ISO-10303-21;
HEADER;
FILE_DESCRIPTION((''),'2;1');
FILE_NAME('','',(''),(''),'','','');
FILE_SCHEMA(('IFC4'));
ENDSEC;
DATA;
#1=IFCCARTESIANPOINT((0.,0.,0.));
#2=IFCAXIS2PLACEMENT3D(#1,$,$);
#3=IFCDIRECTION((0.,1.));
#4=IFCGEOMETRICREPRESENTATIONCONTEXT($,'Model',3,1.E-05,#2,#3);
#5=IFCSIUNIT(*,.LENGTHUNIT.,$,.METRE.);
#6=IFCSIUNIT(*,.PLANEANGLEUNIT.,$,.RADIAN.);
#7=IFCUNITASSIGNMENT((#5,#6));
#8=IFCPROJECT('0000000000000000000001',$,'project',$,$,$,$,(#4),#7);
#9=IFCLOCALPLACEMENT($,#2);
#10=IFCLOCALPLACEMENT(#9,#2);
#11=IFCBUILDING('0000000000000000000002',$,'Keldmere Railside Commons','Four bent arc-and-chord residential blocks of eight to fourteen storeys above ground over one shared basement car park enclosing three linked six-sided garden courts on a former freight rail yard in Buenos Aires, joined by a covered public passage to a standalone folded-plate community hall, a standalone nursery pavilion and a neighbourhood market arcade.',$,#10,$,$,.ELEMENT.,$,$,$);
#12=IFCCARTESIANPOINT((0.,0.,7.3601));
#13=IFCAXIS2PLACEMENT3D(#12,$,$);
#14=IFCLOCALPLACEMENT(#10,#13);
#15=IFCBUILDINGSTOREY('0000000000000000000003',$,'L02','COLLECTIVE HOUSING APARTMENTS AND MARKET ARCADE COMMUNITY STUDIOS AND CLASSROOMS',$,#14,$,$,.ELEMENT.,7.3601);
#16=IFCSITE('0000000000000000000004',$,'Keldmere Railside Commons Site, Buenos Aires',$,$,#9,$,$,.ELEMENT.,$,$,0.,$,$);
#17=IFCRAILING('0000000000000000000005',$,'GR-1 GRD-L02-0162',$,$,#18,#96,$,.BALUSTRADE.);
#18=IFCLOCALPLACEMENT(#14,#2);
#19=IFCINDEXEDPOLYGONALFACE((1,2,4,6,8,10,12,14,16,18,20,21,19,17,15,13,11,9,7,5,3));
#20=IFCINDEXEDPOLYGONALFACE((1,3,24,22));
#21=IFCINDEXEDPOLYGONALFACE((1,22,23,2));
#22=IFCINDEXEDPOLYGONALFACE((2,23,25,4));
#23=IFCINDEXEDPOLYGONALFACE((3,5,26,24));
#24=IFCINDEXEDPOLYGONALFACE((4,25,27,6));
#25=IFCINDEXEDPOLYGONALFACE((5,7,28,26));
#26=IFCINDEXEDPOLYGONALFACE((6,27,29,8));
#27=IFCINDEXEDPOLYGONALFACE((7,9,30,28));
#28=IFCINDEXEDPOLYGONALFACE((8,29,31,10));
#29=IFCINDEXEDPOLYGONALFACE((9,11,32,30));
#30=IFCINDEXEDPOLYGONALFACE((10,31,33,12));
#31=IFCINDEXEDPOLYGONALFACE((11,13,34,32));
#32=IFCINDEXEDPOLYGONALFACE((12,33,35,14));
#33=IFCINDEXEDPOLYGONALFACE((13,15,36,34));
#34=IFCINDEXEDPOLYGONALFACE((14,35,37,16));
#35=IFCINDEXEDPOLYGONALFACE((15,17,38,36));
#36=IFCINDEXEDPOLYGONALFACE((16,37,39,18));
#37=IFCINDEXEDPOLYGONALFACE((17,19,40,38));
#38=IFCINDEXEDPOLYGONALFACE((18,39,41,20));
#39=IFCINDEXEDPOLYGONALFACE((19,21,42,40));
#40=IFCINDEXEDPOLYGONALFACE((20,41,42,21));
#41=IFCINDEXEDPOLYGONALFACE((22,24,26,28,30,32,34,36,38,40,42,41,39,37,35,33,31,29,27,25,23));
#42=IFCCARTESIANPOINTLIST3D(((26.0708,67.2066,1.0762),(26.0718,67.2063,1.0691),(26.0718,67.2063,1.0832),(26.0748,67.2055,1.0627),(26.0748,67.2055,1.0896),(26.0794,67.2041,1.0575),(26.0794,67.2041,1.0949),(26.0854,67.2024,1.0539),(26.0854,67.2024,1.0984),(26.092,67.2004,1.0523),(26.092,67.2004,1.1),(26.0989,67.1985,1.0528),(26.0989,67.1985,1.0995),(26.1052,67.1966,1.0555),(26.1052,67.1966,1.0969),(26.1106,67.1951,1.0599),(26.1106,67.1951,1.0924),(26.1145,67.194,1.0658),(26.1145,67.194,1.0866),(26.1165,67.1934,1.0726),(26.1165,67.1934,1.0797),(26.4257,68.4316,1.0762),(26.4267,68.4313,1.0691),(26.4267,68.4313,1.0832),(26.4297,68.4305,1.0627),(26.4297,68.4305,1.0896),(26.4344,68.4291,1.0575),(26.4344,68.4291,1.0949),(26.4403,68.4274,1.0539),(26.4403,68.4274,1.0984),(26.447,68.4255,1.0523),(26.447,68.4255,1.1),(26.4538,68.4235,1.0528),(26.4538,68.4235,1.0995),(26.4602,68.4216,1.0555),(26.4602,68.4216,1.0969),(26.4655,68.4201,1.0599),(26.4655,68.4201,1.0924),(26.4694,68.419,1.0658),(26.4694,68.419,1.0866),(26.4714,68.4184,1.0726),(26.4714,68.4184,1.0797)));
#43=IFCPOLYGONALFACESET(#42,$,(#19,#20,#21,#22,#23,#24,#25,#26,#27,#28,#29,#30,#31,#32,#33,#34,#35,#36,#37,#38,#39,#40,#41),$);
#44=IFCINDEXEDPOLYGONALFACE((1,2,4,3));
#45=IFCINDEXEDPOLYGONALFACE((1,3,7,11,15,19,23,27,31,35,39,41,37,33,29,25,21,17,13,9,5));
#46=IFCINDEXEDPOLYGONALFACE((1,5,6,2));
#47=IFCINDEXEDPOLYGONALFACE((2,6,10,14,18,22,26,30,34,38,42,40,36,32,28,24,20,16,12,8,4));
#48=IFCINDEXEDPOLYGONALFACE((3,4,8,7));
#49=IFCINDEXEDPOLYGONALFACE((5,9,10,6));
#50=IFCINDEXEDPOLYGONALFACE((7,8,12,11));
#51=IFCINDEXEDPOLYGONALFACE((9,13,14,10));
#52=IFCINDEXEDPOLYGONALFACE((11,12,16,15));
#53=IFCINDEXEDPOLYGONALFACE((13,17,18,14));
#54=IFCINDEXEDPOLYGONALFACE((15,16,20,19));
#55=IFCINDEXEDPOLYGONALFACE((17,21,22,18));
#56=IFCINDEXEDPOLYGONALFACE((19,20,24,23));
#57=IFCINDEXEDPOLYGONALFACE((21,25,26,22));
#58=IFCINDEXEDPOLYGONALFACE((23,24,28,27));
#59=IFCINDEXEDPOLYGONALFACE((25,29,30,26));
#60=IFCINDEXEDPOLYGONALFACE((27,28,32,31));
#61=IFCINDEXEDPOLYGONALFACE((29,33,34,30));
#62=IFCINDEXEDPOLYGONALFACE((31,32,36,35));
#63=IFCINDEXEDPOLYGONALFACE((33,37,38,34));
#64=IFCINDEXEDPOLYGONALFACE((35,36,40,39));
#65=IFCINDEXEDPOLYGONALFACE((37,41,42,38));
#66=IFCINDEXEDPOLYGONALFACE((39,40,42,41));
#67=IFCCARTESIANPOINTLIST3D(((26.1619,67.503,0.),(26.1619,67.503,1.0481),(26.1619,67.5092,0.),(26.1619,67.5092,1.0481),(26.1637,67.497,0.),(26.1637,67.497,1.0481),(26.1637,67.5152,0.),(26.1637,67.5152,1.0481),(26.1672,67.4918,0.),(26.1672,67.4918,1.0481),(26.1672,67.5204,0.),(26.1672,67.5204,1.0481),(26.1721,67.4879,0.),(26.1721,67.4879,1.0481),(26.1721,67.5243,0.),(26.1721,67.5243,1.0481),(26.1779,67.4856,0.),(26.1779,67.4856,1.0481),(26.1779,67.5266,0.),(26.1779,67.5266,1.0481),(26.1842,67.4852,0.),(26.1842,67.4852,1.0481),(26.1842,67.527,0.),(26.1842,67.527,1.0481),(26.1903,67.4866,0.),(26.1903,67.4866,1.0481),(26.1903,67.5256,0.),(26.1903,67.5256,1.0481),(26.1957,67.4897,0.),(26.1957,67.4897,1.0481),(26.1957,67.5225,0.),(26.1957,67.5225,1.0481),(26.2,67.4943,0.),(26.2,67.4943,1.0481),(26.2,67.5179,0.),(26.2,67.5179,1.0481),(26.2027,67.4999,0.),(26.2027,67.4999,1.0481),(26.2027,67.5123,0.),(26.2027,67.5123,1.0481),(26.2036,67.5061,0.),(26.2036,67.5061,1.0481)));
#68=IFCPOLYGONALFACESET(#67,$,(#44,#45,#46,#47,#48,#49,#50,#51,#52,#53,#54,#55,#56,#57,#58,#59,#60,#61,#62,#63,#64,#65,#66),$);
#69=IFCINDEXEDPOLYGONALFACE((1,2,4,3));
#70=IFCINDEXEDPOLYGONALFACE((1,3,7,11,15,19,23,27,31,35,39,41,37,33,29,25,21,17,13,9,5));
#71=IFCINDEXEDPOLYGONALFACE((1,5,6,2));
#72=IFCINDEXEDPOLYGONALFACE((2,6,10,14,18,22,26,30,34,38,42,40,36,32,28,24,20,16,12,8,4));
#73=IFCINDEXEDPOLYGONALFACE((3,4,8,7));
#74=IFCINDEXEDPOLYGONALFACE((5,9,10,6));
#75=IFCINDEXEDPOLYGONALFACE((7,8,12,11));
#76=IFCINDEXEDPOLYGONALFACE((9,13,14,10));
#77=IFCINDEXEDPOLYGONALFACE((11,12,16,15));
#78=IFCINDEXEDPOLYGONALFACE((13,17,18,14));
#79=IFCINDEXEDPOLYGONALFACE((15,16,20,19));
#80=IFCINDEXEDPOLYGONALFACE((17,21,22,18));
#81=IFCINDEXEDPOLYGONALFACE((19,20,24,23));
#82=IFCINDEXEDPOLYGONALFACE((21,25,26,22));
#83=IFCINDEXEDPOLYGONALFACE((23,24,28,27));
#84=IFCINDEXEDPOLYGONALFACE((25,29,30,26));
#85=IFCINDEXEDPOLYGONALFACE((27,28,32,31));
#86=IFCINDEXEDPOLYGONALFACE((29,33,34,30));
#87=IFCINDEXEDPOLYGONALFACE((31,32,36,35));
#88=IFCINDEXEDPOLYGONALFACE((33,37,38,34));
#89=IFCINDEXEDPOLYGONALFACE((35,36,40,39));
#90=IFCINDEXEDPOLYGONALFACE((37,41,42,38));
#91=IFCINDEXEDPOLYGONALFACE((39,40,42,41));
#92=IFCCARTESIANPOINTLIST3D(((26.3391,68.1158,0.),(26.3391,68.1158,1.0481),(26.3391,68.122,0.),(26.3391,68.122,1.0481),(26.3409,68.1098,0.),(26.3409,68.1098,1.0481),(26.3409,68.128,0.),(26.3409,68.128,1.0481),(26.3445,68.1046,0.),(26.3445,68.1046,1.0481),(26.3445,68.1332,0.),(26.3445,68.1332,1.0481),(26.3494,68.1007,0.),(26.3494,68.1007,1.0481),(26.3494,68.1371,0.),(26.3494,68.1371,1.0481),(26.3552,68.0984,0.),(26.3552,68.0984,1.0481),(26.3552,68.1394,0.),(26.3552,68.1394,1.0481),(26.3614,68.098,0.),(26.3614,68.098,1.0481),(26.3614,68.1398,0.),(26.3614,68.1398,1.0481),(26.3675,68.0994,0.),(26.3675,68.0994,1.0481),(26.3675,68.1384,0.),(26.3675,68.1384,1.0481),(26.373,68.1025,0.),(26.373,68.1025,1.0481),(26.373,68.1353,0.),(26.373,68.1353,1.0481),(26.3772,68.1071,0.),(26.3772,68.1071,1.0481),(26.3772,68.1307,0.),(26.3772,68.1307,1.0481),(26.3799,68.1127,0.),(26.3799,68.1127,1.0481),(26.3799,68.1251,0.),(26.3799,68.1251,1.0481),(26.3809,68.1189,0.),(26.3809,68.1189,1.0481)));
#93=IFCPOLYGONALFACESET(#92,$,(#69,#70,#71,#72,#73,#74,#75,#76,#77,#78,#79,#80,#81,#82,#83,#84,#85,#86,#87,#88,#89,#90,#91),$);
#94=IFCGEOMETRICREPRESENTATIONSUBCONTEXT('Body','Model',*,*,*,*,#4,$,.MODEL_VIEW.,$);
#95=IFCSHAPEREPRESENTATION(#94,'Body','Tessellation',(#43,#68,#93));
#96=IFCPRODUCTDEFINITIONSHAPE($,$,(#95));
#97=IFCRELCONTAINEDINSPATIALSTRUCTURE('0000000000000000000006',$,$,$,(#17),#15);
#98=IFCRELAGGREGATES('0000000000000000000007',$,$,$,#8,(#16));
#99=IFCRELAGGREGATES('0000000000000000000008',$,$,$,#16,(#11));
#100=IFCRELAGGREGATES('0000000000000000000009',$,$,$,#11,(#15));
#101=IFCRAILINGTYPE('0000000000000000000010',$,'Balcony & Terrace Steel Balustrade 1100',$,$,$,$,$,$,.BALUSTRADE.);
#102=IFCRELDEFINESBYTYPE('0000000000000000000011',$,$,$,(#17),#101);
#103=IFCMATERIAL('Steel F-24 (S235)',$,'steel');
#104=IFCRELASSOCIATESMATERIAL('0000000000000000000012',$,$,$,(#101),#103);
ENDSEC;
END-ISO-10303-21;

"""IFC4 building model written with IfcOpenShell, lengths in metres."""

from ifc_helpers import new_model, si_unit, direction, frame, origin, origin_2d, place, context, subcontext, project, spatial, circle, extrude, material, type_object, element, save


model = new_model("IFC4")

# Units and contexts
model_context = context("Model", 3, precision=1e-05, world=origin(), true_north=direction((0.0, 1.0)))
body_context = subcontext(model_context, "Body", "Model", "MODEL_VIEW")
ifc_project = project(units=[si_unit("LENGTHUNIT", "METRE"), si_unit("PLANEANGLEUNIT", "RADIAN")], contexts=[model_context])

# Site, building, storey
site_placement = place(None, origin())
site = spatial("IfcSite", under=ifc_project, at=site_placement, Name="Keldmere Railside Commons Site, Buenos Aires", CompositionType="ELEMENT", RefElevation=0.0)
building_placement = place(site_placement, origin())
building = spatial("IfcBuilding", under=site, at=building_placement, Name="Keldmere Railside Commons", Description="Four bent arc-and-chord residential blocks of eight to fourteen storeys above ground over one shared basement car park enclosing three linked six-sided garden courts on a former freight rail yard in Buenos Aires, joined by a covered public passage to a standalone folded-plate community hall, a standalone nursery pavilion and a neighbourhood market arcade.", CompositionType="ELEMENT")
storey_placement = place(building_placement, frame((0.0, 0.0, 7.3601)))
storey = spatial("IfcBuildingStorey", under=building, at=storey_placement, Name="L02", Description="COLLECTIVE HOUSING APARTMENTS AND MARKET ARCADE COMMUNITY STUDIOS AND CLASSROOMS", CompositionType="ELEMENT", Elevation=7.3601)

# Railing
ifc_material_1 = material(Name="Steel F-24 (S235)", Category="steel")
railing_type = type_object("IfcRailingType", Name="Balcony & Terrace Steel Balustrade 1100", PredefinedType="BALUSTRADE", material=ifc_material_1)
railing_1_placement = place(storey_placement, frame((26.0938, 67.2, 0.0)))
element("IfcRailing", 1, at=railing_1_placement, inside=storey, type_object=railing_type, Name="GR-1 GRD-L02-0162", PredefinedType="BALUSTRADE", context=body_context, shape_type="SweptSolid", body=[
    extrude(circle(Radius=0.0239, at=origin_2d()), frame((0.0, 0.0, 1.0762), z_axis=(0.278309, 0.960492, 0.0), x_axis=(-0.960492, 0.278309, 0.0)), (0.0, 0.0, 1.0), 1.2754),
    extrude(circle(Radius=0.021, at=origin_2d()), frame((0.0889, 0.3062, 0.0)), (0.0, 0.0, 1.0), 1.0481),
    extrude(circle(Radius=0.021, at=origin_2d()), frame((0.2661, 0.9189, 0.0)), (0.0, 0.0, 1.0), 1.0481),
])

save(model, "model.ifc")
